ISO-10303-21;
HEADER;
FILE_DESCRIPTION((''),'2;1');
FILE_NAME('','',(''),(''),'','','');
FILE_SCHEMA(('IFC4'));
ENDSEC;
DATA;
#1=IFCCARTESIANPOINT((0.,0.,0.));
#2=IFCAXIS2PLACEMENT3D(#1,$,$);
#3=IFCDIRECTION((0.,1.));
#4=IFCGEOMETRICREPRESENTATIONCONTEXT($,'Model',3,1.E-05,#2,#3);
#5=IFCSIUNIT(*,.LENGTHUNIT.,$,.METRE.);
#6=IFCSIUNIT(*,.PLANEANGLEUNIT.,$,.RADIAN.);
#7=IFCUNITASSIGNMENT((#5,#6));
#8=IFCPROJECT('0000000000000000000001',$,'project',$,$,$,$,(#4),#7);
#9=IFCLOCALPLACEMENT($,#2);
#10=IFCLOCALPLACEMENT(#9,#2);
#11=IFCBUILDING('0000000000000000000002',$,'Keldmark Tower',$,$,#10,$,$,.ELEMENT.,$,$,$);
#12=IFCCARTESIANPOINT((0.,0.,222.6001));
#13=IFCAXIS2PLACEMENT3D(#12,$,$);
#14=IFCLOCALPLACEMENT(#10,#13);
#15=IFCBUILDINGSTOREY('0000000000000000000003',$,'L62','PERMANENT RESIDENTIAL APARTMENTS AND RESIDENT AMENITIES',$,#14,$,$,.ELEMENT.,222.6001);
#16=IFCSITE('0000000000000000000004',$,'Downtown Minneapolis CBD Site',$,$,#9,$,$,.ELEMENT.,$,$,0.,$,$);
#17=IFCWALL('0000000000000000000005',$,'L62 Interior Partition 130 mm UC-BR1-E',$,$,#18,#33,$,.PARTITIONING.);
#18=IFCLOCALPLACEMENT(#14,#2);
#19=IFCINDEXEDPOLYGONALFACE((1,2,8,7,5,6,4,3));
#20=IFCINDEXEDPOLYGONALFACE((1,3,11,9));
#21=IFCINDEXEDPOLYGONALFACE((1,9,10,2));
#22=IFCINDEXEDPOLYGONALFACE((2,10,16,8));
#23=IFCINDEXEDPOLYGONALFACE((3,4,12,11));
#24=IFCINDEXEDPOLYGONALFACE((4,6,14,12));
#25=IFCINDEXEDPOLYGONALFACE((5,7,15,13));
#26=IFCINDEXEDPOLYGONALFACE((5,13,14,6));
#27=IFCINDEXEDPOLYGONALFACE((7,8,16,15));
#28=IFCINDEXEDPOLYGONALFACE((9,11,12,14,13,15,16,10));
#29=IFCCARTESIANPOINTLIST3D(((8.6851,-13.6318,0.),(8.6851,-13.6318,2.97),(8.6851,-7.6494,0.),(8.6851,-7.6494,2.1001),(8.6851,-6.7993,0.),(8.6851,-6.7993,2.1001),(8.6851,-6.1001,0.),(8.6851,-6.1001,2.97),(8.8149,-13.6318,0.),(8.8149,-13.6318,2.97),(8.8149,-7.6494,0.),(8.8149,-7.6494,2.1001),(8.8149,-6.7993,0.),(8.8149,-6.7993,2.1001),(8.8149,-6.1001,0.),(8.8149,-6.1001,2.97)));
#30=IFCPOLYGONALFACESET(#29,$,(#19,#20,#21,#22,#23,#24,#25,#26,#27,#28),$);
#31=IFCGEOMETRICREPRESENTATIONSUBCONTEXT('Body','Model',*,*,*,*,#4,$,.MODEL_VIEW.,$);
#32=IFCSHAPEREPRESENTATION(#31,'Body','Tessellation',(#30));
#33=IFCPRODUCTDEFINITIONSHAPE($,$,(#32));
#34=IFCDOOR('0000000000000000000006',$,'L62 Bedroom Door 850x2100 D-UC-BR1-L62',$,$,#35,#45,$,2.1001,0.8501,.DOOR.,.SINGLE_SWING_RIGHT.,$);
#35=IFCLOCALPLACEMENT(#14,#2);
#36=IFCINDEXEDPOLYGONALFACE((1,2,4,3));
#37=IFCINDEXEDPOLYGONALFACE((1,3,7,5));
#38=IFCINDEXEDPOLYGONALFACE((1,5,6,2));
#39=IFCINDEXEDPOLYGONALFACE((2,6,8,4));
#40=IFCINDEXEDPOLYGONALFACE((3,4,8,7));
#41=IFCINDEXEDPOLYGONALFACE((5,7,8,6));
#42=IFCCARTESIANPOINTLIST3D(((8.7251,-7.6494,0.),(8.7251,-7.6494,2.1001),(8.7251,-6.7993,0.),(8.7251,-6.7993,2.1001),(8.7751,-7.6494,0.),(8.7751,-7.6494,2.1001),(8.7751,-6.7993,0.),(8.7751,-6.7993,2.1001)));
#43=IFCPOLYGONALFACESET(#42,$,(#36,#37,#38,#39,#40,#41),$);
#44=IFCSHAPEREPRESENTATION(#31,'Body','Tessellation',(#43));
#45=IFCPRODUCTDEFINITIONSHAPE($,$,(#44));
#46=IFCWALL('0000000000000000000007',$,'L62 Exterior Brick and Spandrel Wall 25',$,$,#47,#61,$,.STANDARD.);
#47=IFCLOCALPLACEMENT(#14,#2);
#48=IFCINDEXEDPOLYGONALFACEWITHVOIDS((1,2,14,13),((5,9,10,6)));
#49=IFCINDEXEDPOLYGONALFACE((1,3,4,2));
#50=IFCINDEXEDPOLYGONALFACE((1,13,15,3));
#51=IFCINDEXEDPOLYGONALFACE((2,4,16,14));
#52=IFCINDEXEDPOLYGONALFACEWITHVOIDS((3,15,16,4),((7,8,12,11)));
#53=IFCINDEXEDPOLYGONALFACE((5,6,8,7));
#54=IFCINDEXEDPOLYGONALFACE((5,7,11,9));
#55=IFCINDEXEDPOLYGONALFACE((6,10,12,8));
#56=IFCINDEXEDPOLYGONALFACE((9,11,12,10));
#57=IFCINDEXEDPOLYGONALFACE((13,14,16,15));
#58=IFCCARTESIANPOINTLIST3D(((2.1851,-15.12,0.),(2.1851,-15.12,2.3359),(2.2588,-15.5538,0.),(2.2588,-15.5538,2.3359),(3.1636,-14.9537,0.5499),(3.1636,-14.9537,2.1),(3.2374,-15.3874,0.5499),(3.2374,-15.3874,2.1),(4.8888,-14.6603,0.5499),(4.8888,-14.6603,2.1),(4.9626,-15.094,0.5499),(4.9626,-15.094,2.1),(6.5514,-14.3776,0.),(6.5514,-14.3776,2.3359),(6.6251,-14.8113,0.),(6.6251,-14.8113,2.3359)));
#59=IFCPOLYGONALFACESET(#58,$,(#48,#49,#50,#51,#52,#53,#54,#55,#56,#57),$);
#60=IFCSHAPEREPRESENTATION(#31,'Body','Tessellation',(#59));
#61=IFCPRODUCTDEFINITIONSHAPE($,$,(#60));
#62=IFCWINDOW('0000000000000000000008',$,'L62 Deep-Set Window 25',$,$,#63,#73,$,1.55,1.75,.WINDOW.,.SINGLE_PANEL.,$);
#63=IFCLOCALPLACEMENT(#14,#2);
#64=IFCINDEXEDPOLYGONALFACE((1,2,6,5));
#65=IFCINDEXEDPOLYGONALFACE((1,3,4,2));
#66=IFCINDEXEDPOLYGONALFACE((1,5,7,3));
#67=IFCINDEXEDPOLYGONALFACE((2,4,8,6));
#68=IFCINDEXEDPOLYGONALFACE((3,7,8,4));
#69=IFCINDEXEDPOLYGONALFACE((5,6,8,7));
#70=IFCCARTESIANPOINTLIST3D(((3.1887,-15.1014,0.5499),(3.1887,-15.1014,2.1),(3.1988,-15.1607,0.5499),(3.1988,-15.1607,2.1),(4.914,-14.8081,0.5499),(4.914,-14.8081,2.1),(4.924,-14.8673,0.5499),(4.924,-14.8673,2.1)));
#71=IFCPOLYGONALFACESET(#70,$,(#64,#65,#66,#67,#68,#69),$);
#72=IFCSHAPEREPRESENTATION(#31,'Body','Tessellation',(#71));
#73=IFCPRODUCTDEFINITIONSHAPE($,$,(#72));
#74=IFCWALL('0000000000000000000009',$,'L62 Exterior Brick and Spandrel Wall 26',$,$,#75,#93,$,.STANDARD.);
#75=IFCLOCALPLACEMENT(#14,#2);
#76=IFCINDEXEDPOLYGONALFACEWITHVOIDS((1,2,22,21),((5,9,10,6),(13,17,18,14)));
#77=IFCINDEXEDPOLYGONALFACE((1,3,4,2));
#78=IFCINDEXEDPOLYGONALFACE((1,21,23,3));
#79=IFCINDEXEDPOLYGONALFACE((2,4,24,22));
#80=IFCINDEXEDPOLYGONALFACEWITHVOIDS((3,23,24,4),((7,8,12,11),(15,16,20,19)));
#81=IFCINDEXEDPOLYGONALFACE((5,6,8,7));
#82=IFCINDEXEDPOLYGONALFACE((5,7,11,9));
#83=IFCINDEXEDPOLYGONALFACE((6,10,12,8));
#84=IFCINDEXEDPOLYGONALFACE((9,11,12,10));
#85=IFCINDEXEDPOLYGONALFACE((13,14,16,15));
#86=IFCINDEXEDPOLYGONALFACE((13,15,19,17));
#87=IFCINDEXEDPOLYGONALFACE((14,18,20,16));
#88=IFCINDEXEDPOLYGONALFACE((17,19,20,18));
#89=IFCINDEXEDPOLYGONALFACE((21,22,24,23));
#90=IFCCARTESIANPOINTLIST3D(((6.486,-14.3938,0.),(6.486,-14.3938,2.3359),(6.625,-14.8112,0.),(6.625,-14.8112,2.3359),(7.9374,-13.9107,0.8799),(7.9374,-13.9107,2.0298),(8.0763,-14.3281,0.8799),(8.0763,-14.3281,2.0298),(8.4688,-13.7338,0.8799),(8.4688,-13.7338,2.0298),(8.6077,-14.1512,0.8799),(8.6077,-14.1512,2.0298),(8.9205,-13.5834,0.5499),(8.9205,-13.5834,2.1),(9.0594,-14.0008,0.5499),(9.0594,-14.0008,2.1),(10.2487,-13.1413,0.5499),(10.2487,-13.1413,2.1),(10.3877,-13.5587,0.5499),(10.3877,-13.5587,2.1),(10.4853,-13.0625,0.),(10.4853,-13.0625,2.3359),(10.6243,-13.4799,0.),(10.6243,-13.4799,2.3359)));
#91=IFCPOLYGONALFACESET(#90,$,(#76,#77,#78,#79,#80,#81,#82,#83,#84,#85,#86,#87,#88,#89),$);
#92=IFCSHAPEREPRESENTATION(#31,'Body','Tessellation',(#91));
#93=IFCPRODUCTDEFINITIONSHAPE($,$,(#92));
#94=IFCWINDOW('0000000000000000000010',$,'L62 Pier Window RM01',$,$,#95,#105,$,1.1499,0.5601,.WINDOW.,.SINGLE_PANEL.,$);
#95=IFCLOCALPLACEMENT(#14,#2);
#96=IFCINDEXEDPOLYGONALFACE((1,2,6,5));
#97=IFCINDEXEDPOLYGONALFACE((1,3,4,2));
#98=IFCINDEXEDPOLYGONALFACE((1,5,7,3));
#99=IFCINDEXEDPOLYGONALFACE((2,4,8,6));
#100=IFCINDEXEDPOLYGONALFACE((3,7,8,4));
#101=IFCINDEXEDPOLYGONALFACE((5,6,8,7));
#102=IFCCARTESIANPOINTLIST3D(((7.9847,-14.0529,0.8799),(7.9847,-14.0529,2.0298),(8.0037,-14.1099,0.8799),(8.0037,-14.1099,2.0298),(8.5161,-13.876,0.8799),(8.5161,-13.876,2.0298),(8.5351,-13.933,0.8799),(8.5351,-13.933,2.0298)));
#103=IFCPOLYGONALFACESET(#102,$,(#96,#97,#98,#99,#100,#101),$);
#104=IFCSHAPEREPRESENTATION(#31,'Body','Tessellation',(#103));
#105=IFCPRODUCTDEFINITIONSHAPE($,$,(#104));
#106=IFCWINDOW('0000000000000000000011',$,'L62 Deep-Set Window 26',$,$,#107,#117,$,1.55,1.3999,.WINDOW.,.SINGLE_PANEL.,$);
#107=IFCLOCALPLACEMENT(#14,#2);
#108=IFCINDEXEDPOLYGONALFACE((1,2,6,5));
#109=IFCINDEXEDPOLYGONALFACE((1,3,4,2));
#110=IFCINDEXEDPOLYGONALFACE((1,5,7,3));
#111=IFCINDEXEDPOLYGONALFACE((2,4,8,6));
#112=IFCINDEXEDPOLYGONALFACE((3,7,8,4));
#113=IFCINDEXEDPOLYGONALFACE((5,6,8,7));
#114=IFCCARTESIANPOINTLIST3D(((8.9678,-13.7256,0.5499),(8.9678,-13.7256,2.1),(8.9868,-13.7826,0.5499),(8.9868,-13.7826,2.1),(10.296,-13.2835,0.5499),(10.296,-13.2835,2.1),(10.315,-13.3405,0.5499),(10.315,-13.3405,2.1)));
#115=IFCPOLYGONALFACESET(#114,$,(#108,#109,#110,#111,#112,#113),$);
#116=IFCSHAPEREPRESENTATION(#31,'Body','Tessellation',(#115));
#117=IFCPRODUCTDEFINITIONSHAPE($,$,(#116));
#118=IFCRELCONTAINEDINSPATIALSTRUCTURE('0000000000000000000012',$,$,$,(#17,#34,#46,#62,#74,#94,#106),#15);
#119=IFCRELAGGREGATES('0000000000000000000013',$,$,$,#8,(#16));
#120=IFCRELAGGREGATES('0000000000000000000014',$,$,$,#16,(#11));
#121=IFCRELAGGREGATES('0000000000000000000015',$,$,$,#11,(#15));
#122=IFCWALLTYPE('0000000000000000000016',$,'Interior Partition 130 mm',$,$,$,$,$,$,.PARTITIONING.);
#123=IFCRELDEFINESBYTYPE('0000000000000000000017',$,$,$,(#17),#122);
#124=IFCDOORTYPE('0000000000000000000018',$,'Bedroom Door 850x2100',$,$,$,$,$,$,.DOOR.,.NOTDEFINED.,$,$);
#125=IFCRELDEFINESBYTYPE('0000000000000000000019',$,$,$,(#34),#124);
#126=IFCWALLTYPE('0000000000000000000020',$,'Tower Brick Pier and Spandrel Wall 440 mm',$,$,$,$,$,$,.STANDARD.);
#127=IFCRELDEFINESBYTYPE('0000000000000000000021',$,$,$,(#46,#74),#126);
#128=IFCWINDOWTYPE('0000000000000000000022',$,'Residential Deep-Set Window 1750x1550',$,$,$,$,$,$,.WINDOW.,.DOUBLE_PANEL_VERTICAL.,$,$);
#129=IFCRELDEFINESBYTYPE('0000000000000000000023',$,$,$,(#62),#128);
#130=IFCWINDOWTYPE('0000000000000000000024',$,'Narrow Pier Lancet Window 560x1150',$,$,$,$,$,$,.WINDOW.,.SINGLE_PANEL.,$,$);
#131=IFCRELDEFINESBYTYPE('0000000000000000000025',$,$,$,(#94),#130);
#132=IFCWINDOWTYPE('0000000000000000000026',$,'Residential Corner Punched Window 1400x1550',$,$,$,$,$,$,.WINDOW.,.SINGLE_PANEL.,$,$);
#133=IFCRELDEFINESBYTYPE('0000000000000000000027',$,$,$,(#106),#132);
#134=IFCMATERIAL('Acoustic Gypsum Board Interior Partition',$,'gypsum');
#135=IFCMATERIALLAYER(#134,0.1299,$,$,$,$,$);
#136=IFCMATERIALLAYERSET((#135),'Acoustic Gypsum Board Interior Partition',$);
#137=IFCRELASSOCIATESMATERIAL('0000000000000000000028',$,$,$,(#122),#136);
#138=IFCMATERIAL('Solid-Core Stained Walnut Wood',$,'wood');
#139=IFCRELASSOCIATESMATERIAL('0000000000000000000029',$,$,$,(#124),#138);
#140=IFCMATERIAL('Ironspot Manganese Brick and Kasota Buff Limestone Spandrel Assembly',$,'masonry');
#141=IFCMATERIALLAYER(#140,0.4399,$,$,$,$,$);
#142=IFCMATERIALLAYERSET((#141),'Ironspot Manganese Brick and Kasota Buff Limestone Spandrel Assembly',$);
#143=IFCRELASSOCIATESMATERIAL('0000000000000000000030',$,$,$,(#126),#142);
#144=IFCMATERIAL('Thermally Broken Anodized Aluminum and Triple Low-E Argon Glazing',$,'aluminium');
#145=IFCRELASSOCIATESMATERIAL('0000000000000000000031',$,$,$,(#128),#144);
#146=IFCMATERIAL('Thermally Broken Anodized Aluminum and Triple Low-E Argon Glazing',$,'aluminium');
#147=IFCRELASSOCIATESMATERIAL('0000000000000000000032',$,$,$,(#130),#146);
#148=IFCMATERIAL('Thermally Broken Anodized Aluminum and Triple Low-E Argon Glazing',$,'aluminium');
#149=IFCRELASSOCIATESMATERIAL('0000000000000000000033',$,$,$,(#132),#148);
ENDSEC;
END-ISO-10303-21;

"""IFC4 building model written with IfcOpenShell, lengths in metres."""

from ifc_helpers import new_model, si_unit, direction, frame, frame_2d, origin, place, context, subcontext, project, spatial, rectangle, extrude, material, layer, layer_set, type_object, element, fill, save


model = new_model("IFC4")

# Units and contexts
model_context = context("Model", 3, precision=1e-05, world=origin(), true_north=direction((0.0, 1.0)))
body_context = subcontext(model_context, "Body", "Model", "MODEL_VIEW")
ifc_project = project(units=[si_unit("LENGTHUNIT", "METRE"), si_unit("PLANEANGLEUNIT", "RADIAN")], contexts=[model_context])

# Site, building, storey
site_placement = place(None, origin())
site = spatial("IfcSite", under=ifc_project, at=site_placement, Name="Downtown Minneapolis CBD Site", CompositionType="ELEMENT", RefElevation=0.0)
building_placement = place(site_placement, origin())
building = spatial("IfcBuilding", under=site, at=building_placement, Name="Keldmark Tower", CompositionType="ELEMENT")
storey_placement = place(building_placement, frame((0.0, 0.0, 222.6001)))
storey = spatial("IfcBuildingStorey", under=building, at=storey_placement, Name="L62", Description="PERMANENT RESIDENTIAL APARTMENTS AND RESIDENT AMENITIES", CompositionType="ELEMENT", Elevation=222.6001)

# Wall, opening, door
ifc_material_1 = material(Name="Acoustic Gypsum Board Interior Partition", Category="gypsum")
ifc_layer_1 = layer(ifc_material_1, 0.1299)
ifc_layer_set_1 = layer_set([ifc_layer_1], Name="Acoustic Gypsum Board Interior Partition")
wall_type_1 = type_object("IfcWallType", Name="Interior Partition 130 mm", PredefinedType="PARTITIONING", material=ifc_layer_set_1)
wall_1_placement = place(storey_placement, frame((8.75, -13.6318, 0.0), z_axis=(0.0, 0.0, 1.0), x_axis=(0.0, 1.0, 0.0)))
wall_1 = element("IfcWall", 1, at=wall_1_placement, inside=storey, type_object=wall_type_1, Name="L62 Interior Partition 130 mm UC-BR1-E", PredefinedType="PARTITIONING", context=body_context, shape_type="SweptSolid", body=[
    extrude(rectangle(XDim=7.5317, YDim=0.1299, at=frame_2d((3.7659, 0.0))), origin(), (0.0, 0.0, 1.0), 2.97),
])
opening_1_placement = place(wall_1_placement, frame((5.9824, 0.0, 0.0)))
opening_1 = element("IfcOpeningElement", 2, at=opening_1_placement, cuts=wall_1, PredefinedType="OPENING", context=body_context, shape_type="SweptSolid", body=[
    extrude(rectangle(XDim=0.8501, YDim=2.1001, at=frame_2d((0.425, 1.05))), frame((0.0, 0.075, 0.0), z_axis=(0.0, -1.0, 0.0), x_axis=(1.0, 0.0, 0.0)), (0.0, 0.0, 1.0), 0.1499),
])
ifc_material_2 = material(Name="Solid-Core Stained Walnut Wood", Category="wood")
door_type_1 = type_object("IfcDoorType", Name="Bedroom Door 850x2100", OperationType="NOTDEFINED", PredefinedType="DOOR", material=ifc_material_2)
door_1_placement = place(opening_1_placement, origin())
door_1 = element("IfcDoor", 3, at=door_1_placement, inside=storey, type_object=door_type_1, Name="L62 Bedroom Door 850x2100 D-UC-BR1-L62", OperationType="SINGLE_SWING_RIGHT", OverallHeight=2.1001, OverallWidth=0.8501, PredefinedType="DOOR", context=body_context, shape_type="SweptSolid", body=[
    extrude(rectangle(XDim=0.8501, YDim=2.1001, at=frame_2d((0.425, 1.05))), frame((0.0, 0.0249, 0.0), z_axis=(0.0, -1.0, 0.0), x_axis=(1.0, 0.0, 0.0)), (0.0, 0.0, 1.0), 0.05),
])
fill(opening_1, door_1)

# Wall, opening, window
ifc_material_3 = material(Name="Ironspot Manganese Brick and Kasota Buff Limestone Spandrel Assembly", Category="masonry")
ifc_layer_2 = layer(ifc_material_3, 0.4399)
ifc_layer_set_2 = layer_set([ifc_layer_2], Name="Ironspot Manganese Brick and Kasota Buff Limestone Spandrel Assembly")
wall_type_2 = type_object("IfcWallType", Name="Tower Brick Pier and Spandrel Wall 440 mm", PredefinedType="STANDARD", material=ifc_layer_set_2)
wall_2_placement = place(storey_placement, frame((6.5881, -14.5945, 0.0), z_axis=(0.0, 0.0, 1.0), x_axis=(-0.985849, -0.167634, 0.0)))
wall_2 = element("IfcWall", 4, at=wall_2_placement, inside=storey, type_object=wall_type_2, Name="L62 Exterior Brick and Spandrel Wall 25", PredefinedType="STANDARD", context=body_context, shape_type="SweptSolid", body=[
    extrude(rectangle(XDim=4.429, YDim=0.4399, at=frame_2d((2.2144, 0.0))), origin(), (0.0, 0.0, 1.0), 2.3359),
])
opening_2_placement = place(wall_2_placement, frame((1.6863, 0.0, 0.55)))
opening_2 = element("IfcOpeningElement", 5, at=opening_2_placement, cuts=wall_2, PredefinedType="OPENING", context=body_context, shape_type="SweptSolid", body=[
    extrude(rectangle(XDim=1.75, YDim=1.55, at=frame_2d((0.875, 0.7749))), frame((0.0, 0.23, 0.0), z_axis=(0.0, -1.0, 0.0), x_axis=(1.0, 0.0, 0.0)), (0.0, 0.0, 1.0), 0.46),
])
ifc_material_4 = material(Name="Thermally Broken Anodized Aluminum and Triple Low-E Argon Glazing", Category="aluminium")
window_type_1 = type_object("IfcWindowType", Name="Residential Deep-Set Window 1750x1550", PartitioningType="DOUBLE_PANEL_VERTICAL", PredefinedType="WINDOW", material=ifc_material_4)
window_1_placement = place(opening_2_placement, origin())
window_1 = element("IfcWindow", 6, at=window_1_placement, inside=storey, type_object=window_type_1, Name="L62 Deep-Set Window 25", OverallHeight=1.55, OverallWidth=1.75, PartitioningType="SINGLE_PANEL", PredefinedType="WINDOW", context=body_context, shape_type="SweptSolid", body=[
    extrude(rectangle(XDim=1.75, YDim=1.55, at=frame_2d((0.875, 0.7749))), frame((0.0, -0.01, 0.0), z_axis=(0.0, -1.0, 0.0), x_axis=(1.0, 0.0, 0.0)), (0.0, 0.0, 1.0), 0.0601),
])
fill(opening_2, window_1)

# Wall, openings, windows
wall_3_placement = place(storey_placement, frame((10.5547, -13.2712, 0.0), z_axis=(0.0, 0.0, 1.0), x_axis=(-0.948811, -0.315845, 0.0)))
wall_3 = element("IfcWall", 7, at=wall_3_placement, inside=storey, type_object=wall_type_2, Name="L62 Exterior Brick and Spandrel Wall 26", PredefinedType="STANDARD", context=body_context, shape_type="SweptSolid", body=[
    extrude(rectangle(XDim=4.2151, YDim=0.4399, at=frame_2d((2.1074, 0.0))), origin(), (0.0, 0.0, 1.0), 2.3359),
])
opening_3_placement = place(wall_3_placement, frame((0.2493, 0.0, 0.55)))
opening_3 = element("IfcOpeningElement", 8, at=opening_3_placement, cuts=wall_3, PredefinedType="OPENING", context=body_context, shape_type="SweptSolid", body=[
    extrude(rectangle(XDim=1.3999, YDim=1.55, at=frame_2d((0.7, 0.7749))), frame((0.0, 0.23, 0.0), z_axis=(0.0, -1.0, 0.0), x_axis=(1.0, 0.0, 0.0)), (0.0, 0.0, 1.0), 0.46),
])
opening_4_placement = place(wall_3_placement, frame((2.1252, 0.0, 0.8799)))
opening_4 = element("IfcOpeningElement", 9, at=opening_4_placement, cuts=wall_3, PredefinedType="OPENING", context=body_context, shape_type="SweptSolid", body=[
    extrude(rectangle(XDim=0.5601, YDim=1.1499, at=frame_2d((0.28, 0.575))), frame((0.0, 0.23, 0.0), z_axis=(0.0, -1.0, 0.0), x_axis=(1.0, 0.0, 0.0)), (0.0, 0.0, 1.0), 0.46),
])
ifc_material_5 = material(Name="Thermally Broken Anodized Aluminum and Triple Low-E Argon Glazing", Category="aluminium")
window_type_2 = type_object("IfcWindowType", Name="Narrow Pier Lancet Window 560x1150", PartitioningType="SINGLE_PANEL", PredefinedType="WINDOW", material=ifc_material_5)
window_2_placement = place(opening_4_placement, origin())
window_2 = element("IfcWindow", 10, at=window_2_placement, inside=storey, type_object=window_type_2, Name="L62 Pier Window RM01", OverallHeight=1.1499, OverallWidth=0.5601, PartitioningType="SINGLE_PANEL", PredefinedType="WINDOW", context=body_context, shape_type="SweptSolid", body=[
    extrude(rectangle(XDim=0.5601, YDim=1.1499, at=frame_2d((0.28, 0.575))), frame((0.0, -0.01, 0.0), z_axis=(0.0, -1.0, 0.0), x_axis=(1.0, 0.0, 0.0)), (0.0, 0.0, 1.0), 0.0601),
])
fill(opening_4, window_2)
ifc_material_6 = material(Name="Thermally Broken Anodized Aluminum and Triple Low-E Argon Glazing", Category="aluminium")
window_type_3 = type_object("IfcWindowType", Name="Residential Corner Punched Window 1400x1550", PartitioningType="SINGLE_PANEL", PredefinedType="WINDOW", material=ifc_material_6)
window_3_placement = place(opening_3_placement, origin())
window_3 = element("IfcWindow", 11, at=window_3_placement, inside=storey, type_object=window_type_3, Name="L62 Deep-Set Window 26", OverallHeight=1.55, OverallWidth=1.3999, PartitioningType="SINGLE_PANEL", PredefinedType="WINDOW", context=body_context, shape_type="SweptSolid", body=[
    extrude(rectangle(XDim=1.3999, YDim=1.55, at=frame_2d((0.7, 0.7749))), frame((0.0, -0.01, 0.0), z_axis=(0.0, -1.0, 0.0), x_axis=(1.0, 0.0, 0.0)), (0.0, 0.0, 1.0), 0.0601),
])
fill(opening_3, window_3)

save(model, "model.ifc")
